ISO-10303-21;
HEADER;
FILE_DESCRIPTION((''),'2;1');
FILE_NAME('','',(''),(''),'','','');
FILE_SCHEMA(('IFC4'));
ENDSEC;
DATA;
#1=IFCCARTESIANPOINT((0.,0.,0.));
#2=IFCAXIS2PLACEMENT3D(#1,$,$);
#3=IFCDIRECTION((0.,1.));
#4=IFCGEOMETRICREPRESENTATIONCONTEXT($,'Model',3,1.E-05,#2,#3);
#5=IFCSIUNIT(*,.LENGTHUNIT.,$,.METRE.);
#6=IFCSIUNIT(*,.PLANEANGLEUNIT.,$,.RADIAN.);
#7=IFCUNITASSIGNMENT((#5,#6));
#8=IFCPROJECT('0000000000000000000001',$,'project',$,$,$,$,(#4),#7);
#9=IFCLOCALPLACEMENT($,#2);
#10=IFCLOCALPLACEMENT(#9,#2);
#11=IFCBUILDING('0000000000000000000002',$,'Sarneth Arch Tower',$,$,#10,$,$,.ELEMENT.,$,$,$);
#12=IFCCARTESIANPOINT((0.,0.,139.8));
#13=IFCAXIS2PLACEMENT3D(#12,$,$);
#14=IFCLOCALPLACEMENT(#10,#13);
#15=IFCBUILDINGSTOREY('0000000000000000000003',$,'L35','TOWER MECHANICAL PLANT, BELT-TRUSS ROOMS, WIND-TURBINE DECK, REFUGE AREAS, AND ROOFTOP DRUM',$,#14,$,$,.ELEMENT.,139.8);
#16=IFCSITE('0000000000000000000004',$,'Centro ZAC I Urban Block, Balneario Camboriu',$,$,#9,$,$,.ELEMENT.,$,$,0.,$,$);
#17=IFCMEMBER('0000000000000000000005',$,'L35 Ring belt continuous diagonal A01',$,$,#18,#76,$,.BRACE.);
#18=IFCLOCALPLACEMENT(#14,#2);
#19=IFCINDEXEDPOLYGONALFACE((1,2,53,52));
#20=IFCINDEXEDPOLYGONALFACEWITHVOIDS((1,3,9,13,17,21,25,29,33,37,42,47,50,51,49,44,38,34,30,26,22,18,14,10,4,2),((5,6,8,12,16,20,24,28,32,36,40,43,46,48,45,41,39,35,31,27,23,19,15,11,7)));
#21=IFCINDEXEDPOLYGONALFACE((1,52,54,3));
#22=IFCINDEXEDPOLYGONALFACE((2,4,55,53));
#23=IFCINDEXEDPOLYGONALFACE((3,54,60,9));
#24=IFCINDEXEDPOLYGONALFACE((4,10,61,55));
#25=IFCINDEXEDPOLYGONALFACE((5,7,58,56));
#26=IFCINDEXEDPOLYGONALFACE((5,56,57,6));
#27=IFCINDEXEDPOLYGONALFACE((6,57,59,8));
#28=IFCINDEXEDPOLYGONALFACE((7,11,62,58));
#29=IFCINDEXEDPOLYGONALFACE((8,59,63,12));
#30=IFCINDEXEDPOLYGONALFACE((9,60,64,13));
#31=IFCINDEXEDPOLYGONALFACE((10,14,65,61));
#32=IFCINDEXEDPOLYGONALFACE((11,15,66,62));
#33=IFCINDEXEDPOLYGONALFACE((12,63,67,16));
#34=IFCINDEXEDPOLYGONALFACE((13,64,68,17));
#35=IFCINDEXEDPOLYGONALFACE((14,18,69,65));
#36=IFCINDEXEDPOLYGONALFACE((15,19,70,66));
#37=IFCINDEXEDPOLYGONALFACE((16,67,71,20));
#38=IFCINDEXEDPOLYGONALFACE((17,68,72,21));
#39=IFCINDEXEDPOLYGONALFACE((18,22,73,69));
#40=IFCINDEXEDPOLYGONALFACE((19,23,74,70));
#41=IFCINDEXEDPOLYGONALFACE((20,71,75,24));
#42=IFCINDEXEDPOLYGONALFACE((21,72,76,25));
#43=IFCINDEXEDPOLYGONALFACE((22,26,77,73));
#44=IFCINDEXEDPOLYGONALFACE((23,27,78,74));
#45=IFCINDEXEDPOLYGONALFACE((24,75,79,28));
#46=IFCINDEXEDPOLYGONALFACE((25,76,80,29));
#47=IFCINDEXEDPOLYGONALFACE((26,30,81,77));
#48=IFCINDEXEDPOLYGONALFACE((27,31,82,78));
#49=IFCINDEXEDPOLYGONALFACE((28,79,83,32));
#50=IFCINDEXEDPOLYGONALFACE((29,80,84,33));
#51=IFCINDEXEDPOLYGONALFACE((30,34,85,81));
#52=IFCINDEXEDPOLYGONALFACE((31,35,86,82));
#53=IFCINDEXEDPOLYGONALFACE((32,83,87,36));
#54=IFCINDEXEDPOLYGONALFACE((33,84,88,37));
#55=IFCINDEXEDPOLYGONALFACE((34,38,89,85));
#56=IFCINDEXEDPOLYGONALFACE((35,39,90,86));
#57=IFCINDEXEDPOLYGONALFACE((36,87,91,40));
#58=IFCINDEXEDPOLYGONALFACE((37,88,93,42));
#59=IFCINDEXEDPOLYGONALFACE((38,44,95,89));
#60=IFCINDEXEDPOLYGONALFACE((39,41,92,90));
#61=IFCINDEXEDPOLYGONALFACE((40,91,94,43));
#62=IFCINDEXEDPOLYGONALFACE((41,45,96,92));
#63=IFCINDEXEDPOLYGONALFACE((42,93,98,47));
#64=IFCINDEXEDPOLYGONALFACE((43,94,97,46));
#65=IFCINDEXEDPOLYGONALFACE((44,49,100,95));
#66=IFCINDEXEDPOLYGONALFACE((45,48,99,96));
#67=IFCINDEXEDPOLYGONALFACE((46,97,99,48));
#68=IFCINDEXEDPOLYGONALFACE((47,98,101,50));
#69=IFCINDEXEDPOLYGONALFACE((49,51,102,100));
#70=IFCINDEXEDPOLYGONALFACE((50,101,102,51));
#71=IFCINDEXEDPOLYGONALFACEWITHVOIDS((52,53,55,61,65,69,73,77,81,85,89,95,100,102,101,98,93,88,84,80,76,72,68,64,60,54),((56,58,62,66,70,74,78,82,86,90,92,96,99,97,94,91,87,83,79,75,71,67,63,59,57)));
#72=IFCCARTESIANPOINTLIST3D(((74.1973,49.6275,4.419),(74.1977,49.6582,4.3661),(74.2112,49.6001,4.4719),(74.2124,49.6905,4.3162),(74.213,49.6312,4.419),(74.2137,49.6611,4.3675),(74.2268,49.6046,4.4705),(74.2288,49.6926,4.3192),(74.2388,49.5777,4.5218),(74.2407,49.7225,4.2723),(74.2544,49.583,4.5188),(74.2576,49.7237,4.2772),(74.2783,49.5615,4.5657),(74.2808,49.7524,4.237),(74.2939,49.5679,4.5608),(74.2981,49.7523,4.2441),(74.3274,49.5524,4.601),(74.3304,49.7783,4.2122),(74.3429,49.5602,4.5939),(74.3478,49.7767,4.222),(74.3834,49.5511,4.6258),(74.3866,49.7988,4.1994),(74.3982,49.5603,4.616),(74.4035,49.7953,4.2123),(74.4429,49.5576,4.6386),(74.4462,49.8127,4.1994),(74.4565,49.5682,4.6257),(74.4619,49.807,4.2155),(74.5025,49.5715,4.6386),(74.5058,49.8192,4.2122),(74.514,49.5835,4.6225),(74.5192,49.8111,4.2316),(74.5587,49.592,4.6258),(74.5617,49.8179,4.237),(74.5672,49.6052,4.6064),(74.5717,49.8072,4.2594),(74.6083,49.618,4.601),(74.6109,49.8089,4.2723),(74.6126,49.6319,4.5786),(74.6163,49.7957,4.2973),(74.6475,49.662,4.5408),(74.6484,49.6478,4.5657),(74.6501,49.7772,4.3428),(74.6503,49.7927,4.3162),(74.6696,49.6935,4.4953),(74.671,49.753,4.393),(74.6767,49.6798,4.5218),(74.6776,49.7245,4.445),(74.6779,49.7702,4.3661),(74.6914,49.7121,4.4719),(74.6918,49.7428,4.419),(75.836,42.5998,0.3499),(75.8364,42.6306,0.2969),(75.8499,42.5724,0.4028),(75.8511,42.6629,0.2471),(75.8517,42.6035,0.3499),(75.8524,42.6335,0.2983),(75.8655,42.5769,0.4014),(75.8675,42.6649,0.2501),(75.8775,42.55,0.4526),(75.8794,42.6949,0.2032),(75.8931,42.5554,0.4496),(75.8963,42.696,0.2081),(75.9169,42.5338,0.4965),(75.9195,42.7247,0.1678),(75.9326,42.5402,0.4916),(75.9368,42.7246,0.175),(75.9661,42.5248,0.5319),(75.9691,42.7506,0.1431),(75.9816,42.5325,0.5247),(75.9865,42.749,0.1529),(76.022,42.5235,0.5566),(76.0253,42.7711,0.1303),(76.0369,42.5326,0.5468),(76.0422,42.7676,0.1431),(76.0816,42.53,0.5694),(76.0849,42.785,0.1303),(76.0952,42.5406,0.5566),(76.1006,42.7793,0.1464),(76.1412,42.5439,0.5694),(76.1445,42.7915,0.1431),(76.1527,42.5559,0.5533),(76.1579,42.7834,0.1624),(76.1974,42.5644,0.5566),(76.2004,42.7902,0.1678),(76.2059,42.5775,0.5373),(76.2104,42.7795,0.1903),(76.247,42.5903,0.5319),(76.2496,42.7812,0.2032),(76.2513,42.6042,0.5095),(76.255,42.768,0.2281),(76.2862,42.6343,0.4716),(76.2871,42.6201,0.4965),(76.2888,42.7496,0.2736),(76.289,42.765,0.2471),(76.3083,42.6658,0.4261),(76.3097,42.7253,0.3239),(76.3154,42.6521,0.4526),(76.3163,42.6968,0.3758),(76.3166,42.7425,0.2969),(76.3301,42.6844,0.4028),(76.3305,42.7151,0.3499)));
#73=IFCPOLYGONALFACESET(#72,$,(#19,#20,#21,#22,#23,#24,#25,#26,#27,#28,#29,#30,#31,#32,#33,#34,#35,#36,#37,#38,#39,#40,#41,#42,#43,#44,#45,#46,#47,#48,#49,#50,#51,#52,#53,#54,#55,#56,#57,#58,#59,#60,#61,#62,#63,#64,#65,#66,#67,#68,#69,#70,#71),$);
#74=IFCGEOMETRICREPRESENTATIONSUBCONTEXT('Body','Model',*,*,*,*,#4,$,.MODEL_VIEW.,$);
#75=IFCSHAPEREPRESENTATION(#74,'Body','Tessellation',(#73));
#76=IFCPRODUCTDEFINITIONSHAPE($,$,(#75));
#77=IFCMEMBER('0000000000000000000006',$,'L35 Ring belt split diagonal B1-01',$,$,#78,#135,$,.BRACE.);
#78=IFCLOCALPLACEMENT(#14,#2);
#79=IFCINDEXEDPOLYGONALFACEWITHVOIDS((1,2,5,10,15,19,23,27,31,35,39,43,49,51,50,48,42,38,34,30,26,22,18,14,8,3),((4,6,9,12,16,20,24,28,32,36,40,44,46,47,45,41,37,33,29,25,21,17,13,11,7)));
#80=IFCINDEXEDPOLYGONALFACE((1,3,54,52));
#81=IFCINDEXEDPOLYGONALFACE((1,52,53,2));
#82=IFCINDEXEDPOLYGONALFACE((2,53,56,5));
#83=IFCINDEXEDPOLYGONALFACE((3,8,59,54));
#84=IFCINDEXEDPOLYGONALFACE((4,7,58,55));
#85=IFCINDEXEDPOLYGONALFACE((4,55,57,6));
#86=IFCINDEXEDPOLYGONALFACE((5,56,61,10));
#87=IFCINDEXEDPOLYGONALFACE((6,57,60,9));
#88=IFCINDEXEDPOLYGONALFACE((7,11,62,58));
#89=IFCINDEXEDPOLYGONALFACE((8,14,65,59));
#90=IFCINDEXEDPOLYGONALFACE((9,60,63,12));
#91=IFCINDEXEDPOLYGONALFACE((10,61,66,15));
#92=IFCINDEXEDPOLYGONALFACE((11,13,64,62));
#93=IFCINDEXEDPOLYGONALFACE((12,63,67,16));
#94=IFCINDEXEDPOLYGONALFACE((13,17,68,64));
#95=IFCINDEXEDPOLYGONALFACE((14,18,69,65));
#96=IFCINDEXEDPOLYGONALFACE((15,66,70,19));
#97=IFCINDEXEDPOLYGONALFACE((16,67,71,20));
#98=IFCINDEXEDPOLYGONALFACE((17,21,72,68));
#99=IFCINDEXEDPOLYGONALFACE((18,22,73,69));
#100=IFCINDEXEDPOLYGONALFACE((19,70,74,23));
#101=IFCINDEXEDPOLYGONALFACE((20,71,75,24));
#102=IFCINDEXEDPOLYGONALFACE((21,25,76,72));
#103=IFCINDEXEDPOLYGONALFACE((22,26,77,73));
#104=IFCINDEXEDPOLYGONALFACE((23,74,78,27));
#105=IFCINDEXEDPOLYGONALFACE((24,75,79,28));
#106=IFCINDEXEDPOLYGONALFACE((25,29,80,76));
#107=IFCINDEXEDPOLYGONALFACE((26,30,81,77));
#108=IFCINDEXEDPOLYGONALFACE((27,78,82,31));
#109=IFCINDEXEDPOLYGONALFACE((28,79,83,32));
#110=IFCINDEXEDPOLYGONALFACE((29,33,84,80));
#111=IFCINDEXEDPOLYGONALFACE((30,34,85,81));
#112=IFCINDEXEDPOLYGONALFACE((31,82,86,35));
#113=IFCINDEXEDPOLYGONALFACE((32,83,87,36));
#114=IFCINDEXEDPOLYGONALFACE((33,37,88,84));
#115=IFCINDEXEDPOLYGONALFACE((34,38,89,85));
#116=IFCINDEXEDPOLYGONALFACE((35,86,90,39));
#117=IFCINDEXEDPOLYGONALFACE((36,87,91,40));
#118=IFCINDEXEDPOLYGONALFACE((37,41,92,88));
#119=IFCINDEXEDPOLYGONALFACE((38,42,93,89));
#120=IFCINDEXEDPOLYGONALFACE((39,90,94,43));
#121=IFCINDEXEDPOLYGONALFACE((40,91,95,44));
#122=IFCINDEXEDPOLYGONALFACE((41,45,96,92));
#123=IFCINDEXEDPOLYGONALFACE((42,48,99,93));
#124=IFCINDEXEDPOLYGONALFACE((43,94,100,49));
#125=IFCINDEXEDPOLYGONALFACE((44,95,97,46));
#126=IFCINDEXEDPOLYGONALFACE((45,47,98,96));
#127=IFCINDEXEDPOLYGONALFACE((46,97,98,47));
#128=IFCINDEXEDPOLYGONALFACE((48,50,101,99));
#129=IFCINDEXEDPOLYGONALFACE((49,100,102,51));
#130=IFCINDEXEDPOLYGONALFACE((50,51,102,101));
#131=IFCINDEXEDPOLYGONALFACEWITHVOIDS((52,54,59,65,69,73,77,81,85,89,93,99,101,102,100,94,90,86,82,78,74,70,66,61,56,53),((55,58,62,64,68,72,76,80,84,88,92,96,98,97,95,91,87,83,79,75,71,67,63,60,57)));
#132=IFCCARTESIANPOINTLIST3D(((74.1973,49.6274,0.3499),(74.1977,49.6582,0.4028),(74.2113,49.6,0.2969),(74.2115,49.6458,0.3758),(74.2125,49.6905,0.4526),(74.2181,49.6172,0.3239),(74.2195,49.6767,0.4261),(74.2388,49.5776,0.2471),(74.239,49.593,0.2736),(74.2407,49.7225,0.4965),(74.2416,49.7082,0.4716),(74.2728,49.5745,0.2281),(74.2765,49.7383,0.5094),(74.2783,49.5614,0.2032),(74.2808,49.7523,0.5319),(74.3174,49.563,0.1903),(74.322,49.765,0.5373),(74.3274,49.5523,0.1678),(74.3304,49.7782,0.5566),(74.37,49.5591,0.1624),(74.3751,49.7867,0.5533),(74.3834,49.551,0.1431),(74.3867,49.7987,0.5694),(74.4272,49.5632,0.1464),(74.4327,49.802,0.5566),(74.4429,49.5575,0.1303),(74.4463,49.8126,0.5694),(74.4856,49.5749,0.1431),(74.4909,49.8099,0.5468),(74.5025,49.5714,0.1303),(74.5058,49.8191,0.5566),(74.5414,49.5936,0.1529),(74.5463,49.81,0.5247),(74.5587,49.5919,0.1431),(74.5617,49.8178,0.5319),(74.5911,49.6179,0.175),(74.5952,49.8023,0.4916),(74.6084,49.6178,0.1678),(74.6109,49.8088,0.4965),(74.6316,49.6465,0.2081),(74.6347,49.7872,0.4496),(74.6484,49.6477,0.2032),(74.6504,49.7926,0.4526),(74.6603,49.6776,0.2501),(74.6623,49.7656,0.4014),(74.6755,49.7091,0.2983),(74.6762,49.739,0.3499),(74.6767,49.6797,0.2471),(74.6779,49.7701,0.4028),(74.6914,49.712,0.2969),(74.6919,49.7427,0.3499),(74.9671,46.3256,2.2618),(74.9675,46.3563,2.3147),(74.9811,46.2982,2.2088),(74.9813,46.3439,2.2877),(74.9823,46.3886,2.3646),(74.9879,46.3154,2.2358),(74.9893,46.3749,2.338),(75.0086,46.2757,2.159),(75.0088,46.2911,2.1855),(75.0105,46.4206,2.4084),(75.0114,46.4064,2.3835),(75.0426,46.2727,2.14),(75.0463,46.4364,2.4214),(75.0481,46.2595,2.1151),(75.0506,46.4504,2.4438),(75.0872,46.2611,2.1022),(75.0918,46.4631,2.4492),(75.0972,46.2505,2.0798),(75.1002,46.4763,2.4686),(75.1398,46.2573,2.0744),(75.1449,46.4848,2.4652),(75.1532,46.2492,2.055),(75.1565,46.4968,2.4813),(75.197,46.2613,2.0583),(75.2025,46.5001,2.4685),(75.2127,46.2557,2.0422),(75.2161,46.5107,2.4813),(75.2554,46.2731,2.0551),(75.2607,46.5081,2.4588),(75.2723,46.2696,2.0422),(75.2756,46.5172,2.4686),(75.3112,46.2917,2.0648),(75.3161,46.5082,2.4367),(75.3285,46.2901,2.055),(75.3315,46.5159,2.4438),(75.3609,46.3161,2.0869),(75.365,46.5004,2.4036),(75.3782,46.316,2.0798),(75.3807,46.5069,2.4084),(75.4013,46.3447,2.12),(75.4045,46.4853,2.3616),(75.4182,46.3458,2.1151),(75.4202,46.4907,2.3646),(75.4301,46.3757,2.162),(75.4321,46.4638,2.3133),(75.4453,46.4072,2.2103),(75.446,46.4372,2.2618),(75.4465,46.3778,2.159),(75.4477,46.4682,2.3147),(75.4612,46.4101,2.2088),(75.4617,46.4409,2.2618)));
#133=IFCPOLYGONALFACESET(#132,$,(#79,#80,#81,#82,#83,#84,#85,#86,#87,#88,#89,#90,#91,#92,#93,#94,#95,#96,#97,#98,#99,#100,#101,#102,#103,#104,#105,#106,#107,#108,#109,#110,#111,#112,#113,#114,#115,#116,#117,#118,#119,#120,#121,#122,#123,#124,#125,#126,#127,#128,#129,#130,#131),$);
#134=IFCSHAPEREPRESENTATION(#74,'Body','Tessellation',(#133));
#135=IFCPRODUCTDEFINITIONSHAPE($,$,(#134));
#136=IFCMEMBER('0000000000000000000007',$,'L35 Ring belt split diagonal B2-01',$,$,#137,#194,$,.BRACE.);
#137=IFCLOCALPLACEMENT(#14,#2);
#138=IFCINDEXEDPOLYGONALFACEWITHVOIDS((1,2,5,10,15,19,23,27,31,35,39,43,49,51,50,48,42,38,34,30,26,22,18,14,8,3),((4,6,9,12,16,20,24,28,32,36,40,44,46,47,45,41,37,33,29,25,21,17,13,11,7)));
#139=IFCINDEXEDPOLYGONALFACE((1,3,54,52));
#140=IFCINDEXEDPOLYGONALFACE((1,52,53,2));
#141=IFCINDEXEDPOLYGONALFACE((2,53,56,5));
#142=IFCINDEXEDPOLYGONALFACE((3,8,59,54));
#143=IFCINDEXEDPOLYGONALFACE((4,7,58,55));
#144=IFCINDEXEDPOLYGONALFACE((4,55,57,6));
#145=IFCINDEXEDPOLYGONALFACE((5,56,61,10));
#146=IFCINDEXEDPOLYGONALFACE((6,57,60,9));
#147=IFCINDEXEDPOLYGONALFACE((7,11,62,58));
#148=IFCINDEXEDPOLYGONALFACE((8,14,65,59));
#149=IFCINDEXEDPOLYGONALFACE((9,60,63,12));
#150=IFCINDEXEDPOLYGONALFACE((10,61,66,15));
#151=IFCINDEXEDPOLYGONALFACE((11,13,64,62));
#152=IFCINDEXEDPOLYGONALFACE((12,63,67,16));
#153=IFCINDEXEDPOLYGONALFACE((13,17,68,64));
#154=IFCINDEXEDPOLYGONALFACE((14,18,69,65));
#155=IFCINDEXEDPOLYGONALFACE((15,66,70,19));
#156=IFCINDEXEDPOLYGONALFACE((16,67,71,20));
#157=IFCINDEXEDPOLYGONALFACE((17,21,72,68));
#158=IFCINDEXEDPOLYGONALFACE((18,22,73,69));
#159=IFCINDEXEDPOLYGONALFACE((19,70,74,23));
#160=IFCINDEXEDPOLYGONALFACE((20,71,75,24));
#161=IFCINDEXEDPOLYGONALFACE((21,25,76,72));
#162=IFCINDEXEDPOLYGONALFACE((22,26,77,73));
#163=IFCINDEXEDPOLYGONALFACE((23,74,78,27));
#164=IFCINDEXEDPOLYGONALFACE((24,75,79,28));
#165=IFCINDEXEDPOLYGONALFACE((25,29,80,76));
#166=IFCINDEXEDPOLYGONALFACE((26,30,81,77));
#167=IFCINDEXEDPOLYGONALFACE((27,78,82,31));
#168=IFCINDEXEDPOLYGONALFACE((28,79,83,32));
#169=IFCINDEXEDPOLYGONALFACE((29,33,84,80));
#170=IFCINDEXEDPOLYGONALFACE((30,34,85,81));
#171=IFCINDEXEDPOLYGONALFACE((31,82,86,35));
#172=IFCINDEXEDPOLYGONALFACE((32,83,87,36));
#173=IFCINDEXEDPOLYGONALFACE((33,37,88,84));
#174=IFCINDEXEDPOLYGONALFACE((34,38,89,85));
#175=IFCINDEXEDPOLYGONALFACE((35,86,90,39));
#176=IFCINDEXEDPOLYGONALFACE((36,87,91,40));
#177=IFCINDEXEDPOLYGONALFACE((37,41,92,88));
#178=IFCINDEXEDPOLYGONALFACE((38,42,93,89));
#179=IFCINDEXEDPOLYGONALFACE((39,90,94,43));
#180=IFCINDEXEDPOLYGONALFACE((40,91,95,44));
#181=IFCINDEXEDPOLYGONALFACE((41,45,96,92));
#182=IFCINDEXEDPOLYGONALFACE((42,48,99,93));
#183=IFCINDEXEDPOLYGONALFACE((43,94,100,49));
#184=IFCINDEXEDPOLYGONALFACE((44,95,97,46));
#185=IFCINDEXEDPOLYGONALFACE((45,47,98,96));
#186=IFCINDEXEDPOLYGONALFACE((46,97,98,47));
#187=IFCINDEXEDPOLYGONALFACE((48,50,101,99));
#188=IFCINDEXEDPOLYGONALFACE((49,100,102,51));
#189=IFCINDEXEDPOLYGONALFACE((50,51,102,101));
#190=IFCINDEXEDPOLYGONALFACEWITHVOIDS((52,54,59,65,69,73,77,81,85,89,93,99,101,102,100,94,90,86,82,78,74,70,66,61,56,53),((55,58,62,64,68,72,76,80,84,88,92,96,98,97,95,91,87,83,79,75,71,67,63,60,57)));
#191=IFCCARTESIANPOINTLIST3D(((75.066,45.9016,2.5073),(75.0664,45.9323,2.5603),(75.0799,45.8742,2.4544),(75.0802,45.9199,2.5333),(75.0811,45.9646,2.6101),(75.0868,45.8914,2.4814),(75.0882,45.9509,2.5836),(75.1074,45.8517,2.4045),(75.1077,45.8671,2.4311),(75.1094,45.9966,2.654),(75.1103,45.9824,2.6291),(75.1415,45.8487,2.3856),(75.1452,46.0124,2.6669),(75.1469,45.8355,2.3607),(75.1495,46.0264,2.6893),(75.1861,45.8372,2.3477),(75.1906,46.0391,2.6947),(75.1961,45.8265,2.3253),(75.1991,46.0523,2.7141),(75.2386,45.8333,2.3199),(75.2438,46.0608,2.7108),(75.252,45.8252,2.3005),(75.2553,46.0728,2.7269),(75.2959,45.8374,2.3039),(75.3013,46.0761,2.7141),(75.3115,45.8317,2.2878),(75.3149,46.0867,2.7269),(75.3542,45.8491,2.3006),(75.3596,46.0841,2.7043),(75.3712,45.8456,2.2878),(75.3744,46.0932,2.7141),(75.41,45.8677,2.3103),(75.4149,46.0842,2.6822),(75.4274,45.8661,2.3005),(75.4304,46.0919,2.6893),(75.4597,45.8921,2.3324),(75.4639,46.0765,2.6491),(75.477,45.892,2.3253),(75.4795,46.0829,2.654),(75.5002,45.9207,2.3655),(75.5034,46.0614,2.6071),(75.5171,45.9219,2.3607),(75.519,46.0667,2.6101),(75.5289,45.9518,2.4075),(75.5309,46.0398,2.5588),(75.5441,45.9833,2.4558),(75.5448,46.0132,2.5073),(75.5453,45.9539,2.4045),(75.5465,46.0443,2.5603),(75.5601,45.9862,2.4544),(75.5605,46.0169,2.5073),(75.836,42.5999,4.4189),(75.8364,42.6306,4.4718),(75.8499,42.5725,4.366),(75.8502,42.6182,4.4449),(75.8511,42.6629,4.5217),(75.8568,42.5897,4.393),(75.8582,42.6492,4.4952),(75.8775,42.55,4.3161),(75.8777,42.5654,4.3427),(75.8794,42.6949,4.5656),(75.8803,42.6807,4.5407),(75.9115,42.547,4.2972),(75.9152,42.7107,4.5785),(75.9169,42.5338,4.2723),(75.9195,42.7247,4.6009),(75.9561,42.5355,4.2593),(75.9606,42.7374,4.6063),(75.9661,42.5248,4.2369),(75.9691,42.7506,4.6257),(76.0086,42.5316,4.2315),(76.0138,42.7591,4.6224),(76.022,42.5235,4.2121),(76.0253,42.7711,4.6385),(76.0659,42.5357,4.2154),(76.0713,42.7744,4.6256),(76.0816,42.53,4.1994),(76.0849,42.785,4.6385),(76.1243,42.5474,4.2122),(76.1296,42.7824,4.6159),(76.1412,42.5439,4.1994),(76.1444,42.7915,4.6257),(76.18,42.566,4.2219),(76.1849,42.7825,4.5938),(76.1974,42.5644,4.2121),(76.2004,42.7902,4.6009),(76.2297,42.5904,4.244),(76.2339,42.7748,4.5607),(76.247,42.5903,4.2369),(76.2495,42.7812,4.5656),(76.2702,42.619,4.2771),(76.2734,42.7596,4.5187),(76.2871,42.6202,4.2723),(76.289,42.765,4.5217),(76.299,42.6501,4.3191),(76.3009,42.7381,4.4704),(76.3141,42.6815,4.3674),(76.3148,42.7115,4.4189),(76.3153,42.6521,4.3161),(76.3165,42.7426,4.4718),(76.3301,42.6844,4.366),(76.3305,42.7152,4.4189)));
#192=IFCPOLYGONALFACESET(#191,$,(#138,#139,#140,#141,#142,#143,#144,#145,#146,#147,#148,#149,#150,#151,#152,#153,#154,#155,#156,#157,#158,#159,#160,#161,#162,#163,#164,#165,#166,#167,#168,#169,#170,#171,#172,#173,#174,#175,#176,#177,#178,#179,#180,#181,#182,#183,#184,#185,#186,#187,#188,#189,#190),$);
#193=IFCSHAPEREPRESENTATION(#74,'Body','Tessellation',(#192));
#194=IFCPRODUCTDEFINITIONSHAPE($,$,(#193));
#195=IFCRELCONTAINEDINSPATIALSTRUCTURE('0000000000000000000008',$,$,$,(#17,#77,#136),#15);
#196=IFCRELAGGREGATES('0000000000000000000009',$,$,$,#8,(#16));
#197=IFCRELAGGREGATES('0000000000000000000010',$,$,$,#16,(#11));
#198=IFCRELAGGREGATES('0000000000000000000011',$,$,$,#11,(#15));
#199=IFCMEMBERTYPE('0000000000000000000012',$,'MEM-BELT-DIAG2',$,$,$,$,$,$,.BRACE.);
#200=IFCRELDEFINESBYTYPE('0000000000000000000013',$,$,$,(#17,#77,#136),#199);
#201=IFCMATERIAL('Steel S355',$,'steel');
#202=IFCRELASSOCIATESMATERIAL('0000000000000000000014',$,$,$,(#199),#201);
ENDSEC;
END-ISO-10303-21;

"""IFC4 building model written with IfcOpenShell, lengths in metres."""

from ifc_helpers import new_model, si_unit, direction, frame, origin, origin_2d, place, context, subcontext, project, spatial, hollow_circle, extrude, material, material_profile, profile_set, type_object, element, save


model = new_model("IFC4")

# Units and contexts
model_context = context("Model", 3, precision=1e-05, world=origin(), true_north=direction((0.0, 1.0)))
body_context = subcontext(model_context, "Body", "Model", "MODEL_VIEW")
ifc_project = project(units=[si_unit("LENGTHUNIT", "METRE"), si_unit("PLANEANGLEUNIT", "RADIAN")], contexts=[model_context])

# Site, building, storey
site_placement = place(None, origin())
site = spatial("IfcSite", under=ifc_project, at=site_placement, Name="Centro ZAC I Urban Block, Balneario Camboriu", CompositionType="ELEMENT", RefElevation=0.0)
building_placement = place(site_placement, origin())
building = spatial("IfcBuilding", under=site, at=building_placement, Name="Sarneth Arch Tower", CompositionType="ELEMENT")
storey_placement = place(building_placement, frame((0.0, 0.0, 139.8)))
storey = spatial("IfcBuildingStorey", under=building, at=storey_placement, Name="L35", Description="TOWER MECHANICAL PLANT, BELT-TRUSS ROOMS, WIND-TURBINE DECK, REFUGE AREAS, AND ROOFTOP DRUM", CompositionType="ELEMENT", Elevation=139.8)

# Members
ifc_material_1 = material(Name="Steel S355", Category="steel")
ifc_material_profile_1 = material_profile(ifc_material_1, hollow_circle(Radius=0.2539, WallThickness=0.0161, at=origin_2d()), Name="CHS508x16")
ifc_profile_set_1 = profile_set([ifc_material_profile_1], Name="Steel S355")
member_type_1 = type_object("IfcMemberType", Name="MEM-BELT-DIAG2", PredefinedType="BRACE", material=ifc_profile_set_1)
member_1_placement = place(storey_placement, frame((76.0833, 42.6575, 0.3499), z_axis=(-0.197804, 0.848301, 0.491181), x_axis=(-0.973875, -0.227085, 0.0)))
element("IfcMember", 1, at=member_1_placement, inside=storey, type_object=member_type_1, Name="L35 Ring belt continuous diagonal A01", PredefinedType="BRACE", context=body_context, shape_type="SweptSolid", body=[
    extrude(hollow_circle(Radius=0.2539, WallThickness=0.0161, at=origin_2d()), origin(), (0.0, 0.0, 1.0), 8.2844),
])
member_2_placement = place(storey_placement, frame((74.4446, 49.6851, 0.3499), z_axis=(0.197773, -0.848297, 0.491202), x_axis=(0.973883, 0.227052, 0.0)))
element("IfcMember", 2, at=member_2_placement, inside=storey, type_object=member_type_1, Name="L35 Ring belt split diagonal B1-01", PredefinedType="BRACE", context=body_context, shape_type="SweptSolid", body=[
    extrude(hollow_circle(Radius=0.2539, WallThickness=0.0161, at=origin_2d()), origin(), (0.0, 0.0, 1.0), 3.8923),
])
member_3_placement = place(storey_placement, frame((75.3132, 45.9592, 2.5073), z_axis=(0.197839, -0.848312, 0.491148), x_axis=(0.973867, 0.22712, 0.0)))
element("IfcMember", 3, at=member_3_placement, inside=storey, type_object=member_type_1, Name="L35 Ring belt split diagonal B2-01", PredefinedType="BRACE", context=body_context, shape_type="SweptSolid", body=[
    extrude(hollow_circle(Radius=0.2539, WallThickness=0.0161, at=origin_2d()), origin(), (0.0, 0.0, 1.0), 3.8921),
])

save(model, "model.ifc")
